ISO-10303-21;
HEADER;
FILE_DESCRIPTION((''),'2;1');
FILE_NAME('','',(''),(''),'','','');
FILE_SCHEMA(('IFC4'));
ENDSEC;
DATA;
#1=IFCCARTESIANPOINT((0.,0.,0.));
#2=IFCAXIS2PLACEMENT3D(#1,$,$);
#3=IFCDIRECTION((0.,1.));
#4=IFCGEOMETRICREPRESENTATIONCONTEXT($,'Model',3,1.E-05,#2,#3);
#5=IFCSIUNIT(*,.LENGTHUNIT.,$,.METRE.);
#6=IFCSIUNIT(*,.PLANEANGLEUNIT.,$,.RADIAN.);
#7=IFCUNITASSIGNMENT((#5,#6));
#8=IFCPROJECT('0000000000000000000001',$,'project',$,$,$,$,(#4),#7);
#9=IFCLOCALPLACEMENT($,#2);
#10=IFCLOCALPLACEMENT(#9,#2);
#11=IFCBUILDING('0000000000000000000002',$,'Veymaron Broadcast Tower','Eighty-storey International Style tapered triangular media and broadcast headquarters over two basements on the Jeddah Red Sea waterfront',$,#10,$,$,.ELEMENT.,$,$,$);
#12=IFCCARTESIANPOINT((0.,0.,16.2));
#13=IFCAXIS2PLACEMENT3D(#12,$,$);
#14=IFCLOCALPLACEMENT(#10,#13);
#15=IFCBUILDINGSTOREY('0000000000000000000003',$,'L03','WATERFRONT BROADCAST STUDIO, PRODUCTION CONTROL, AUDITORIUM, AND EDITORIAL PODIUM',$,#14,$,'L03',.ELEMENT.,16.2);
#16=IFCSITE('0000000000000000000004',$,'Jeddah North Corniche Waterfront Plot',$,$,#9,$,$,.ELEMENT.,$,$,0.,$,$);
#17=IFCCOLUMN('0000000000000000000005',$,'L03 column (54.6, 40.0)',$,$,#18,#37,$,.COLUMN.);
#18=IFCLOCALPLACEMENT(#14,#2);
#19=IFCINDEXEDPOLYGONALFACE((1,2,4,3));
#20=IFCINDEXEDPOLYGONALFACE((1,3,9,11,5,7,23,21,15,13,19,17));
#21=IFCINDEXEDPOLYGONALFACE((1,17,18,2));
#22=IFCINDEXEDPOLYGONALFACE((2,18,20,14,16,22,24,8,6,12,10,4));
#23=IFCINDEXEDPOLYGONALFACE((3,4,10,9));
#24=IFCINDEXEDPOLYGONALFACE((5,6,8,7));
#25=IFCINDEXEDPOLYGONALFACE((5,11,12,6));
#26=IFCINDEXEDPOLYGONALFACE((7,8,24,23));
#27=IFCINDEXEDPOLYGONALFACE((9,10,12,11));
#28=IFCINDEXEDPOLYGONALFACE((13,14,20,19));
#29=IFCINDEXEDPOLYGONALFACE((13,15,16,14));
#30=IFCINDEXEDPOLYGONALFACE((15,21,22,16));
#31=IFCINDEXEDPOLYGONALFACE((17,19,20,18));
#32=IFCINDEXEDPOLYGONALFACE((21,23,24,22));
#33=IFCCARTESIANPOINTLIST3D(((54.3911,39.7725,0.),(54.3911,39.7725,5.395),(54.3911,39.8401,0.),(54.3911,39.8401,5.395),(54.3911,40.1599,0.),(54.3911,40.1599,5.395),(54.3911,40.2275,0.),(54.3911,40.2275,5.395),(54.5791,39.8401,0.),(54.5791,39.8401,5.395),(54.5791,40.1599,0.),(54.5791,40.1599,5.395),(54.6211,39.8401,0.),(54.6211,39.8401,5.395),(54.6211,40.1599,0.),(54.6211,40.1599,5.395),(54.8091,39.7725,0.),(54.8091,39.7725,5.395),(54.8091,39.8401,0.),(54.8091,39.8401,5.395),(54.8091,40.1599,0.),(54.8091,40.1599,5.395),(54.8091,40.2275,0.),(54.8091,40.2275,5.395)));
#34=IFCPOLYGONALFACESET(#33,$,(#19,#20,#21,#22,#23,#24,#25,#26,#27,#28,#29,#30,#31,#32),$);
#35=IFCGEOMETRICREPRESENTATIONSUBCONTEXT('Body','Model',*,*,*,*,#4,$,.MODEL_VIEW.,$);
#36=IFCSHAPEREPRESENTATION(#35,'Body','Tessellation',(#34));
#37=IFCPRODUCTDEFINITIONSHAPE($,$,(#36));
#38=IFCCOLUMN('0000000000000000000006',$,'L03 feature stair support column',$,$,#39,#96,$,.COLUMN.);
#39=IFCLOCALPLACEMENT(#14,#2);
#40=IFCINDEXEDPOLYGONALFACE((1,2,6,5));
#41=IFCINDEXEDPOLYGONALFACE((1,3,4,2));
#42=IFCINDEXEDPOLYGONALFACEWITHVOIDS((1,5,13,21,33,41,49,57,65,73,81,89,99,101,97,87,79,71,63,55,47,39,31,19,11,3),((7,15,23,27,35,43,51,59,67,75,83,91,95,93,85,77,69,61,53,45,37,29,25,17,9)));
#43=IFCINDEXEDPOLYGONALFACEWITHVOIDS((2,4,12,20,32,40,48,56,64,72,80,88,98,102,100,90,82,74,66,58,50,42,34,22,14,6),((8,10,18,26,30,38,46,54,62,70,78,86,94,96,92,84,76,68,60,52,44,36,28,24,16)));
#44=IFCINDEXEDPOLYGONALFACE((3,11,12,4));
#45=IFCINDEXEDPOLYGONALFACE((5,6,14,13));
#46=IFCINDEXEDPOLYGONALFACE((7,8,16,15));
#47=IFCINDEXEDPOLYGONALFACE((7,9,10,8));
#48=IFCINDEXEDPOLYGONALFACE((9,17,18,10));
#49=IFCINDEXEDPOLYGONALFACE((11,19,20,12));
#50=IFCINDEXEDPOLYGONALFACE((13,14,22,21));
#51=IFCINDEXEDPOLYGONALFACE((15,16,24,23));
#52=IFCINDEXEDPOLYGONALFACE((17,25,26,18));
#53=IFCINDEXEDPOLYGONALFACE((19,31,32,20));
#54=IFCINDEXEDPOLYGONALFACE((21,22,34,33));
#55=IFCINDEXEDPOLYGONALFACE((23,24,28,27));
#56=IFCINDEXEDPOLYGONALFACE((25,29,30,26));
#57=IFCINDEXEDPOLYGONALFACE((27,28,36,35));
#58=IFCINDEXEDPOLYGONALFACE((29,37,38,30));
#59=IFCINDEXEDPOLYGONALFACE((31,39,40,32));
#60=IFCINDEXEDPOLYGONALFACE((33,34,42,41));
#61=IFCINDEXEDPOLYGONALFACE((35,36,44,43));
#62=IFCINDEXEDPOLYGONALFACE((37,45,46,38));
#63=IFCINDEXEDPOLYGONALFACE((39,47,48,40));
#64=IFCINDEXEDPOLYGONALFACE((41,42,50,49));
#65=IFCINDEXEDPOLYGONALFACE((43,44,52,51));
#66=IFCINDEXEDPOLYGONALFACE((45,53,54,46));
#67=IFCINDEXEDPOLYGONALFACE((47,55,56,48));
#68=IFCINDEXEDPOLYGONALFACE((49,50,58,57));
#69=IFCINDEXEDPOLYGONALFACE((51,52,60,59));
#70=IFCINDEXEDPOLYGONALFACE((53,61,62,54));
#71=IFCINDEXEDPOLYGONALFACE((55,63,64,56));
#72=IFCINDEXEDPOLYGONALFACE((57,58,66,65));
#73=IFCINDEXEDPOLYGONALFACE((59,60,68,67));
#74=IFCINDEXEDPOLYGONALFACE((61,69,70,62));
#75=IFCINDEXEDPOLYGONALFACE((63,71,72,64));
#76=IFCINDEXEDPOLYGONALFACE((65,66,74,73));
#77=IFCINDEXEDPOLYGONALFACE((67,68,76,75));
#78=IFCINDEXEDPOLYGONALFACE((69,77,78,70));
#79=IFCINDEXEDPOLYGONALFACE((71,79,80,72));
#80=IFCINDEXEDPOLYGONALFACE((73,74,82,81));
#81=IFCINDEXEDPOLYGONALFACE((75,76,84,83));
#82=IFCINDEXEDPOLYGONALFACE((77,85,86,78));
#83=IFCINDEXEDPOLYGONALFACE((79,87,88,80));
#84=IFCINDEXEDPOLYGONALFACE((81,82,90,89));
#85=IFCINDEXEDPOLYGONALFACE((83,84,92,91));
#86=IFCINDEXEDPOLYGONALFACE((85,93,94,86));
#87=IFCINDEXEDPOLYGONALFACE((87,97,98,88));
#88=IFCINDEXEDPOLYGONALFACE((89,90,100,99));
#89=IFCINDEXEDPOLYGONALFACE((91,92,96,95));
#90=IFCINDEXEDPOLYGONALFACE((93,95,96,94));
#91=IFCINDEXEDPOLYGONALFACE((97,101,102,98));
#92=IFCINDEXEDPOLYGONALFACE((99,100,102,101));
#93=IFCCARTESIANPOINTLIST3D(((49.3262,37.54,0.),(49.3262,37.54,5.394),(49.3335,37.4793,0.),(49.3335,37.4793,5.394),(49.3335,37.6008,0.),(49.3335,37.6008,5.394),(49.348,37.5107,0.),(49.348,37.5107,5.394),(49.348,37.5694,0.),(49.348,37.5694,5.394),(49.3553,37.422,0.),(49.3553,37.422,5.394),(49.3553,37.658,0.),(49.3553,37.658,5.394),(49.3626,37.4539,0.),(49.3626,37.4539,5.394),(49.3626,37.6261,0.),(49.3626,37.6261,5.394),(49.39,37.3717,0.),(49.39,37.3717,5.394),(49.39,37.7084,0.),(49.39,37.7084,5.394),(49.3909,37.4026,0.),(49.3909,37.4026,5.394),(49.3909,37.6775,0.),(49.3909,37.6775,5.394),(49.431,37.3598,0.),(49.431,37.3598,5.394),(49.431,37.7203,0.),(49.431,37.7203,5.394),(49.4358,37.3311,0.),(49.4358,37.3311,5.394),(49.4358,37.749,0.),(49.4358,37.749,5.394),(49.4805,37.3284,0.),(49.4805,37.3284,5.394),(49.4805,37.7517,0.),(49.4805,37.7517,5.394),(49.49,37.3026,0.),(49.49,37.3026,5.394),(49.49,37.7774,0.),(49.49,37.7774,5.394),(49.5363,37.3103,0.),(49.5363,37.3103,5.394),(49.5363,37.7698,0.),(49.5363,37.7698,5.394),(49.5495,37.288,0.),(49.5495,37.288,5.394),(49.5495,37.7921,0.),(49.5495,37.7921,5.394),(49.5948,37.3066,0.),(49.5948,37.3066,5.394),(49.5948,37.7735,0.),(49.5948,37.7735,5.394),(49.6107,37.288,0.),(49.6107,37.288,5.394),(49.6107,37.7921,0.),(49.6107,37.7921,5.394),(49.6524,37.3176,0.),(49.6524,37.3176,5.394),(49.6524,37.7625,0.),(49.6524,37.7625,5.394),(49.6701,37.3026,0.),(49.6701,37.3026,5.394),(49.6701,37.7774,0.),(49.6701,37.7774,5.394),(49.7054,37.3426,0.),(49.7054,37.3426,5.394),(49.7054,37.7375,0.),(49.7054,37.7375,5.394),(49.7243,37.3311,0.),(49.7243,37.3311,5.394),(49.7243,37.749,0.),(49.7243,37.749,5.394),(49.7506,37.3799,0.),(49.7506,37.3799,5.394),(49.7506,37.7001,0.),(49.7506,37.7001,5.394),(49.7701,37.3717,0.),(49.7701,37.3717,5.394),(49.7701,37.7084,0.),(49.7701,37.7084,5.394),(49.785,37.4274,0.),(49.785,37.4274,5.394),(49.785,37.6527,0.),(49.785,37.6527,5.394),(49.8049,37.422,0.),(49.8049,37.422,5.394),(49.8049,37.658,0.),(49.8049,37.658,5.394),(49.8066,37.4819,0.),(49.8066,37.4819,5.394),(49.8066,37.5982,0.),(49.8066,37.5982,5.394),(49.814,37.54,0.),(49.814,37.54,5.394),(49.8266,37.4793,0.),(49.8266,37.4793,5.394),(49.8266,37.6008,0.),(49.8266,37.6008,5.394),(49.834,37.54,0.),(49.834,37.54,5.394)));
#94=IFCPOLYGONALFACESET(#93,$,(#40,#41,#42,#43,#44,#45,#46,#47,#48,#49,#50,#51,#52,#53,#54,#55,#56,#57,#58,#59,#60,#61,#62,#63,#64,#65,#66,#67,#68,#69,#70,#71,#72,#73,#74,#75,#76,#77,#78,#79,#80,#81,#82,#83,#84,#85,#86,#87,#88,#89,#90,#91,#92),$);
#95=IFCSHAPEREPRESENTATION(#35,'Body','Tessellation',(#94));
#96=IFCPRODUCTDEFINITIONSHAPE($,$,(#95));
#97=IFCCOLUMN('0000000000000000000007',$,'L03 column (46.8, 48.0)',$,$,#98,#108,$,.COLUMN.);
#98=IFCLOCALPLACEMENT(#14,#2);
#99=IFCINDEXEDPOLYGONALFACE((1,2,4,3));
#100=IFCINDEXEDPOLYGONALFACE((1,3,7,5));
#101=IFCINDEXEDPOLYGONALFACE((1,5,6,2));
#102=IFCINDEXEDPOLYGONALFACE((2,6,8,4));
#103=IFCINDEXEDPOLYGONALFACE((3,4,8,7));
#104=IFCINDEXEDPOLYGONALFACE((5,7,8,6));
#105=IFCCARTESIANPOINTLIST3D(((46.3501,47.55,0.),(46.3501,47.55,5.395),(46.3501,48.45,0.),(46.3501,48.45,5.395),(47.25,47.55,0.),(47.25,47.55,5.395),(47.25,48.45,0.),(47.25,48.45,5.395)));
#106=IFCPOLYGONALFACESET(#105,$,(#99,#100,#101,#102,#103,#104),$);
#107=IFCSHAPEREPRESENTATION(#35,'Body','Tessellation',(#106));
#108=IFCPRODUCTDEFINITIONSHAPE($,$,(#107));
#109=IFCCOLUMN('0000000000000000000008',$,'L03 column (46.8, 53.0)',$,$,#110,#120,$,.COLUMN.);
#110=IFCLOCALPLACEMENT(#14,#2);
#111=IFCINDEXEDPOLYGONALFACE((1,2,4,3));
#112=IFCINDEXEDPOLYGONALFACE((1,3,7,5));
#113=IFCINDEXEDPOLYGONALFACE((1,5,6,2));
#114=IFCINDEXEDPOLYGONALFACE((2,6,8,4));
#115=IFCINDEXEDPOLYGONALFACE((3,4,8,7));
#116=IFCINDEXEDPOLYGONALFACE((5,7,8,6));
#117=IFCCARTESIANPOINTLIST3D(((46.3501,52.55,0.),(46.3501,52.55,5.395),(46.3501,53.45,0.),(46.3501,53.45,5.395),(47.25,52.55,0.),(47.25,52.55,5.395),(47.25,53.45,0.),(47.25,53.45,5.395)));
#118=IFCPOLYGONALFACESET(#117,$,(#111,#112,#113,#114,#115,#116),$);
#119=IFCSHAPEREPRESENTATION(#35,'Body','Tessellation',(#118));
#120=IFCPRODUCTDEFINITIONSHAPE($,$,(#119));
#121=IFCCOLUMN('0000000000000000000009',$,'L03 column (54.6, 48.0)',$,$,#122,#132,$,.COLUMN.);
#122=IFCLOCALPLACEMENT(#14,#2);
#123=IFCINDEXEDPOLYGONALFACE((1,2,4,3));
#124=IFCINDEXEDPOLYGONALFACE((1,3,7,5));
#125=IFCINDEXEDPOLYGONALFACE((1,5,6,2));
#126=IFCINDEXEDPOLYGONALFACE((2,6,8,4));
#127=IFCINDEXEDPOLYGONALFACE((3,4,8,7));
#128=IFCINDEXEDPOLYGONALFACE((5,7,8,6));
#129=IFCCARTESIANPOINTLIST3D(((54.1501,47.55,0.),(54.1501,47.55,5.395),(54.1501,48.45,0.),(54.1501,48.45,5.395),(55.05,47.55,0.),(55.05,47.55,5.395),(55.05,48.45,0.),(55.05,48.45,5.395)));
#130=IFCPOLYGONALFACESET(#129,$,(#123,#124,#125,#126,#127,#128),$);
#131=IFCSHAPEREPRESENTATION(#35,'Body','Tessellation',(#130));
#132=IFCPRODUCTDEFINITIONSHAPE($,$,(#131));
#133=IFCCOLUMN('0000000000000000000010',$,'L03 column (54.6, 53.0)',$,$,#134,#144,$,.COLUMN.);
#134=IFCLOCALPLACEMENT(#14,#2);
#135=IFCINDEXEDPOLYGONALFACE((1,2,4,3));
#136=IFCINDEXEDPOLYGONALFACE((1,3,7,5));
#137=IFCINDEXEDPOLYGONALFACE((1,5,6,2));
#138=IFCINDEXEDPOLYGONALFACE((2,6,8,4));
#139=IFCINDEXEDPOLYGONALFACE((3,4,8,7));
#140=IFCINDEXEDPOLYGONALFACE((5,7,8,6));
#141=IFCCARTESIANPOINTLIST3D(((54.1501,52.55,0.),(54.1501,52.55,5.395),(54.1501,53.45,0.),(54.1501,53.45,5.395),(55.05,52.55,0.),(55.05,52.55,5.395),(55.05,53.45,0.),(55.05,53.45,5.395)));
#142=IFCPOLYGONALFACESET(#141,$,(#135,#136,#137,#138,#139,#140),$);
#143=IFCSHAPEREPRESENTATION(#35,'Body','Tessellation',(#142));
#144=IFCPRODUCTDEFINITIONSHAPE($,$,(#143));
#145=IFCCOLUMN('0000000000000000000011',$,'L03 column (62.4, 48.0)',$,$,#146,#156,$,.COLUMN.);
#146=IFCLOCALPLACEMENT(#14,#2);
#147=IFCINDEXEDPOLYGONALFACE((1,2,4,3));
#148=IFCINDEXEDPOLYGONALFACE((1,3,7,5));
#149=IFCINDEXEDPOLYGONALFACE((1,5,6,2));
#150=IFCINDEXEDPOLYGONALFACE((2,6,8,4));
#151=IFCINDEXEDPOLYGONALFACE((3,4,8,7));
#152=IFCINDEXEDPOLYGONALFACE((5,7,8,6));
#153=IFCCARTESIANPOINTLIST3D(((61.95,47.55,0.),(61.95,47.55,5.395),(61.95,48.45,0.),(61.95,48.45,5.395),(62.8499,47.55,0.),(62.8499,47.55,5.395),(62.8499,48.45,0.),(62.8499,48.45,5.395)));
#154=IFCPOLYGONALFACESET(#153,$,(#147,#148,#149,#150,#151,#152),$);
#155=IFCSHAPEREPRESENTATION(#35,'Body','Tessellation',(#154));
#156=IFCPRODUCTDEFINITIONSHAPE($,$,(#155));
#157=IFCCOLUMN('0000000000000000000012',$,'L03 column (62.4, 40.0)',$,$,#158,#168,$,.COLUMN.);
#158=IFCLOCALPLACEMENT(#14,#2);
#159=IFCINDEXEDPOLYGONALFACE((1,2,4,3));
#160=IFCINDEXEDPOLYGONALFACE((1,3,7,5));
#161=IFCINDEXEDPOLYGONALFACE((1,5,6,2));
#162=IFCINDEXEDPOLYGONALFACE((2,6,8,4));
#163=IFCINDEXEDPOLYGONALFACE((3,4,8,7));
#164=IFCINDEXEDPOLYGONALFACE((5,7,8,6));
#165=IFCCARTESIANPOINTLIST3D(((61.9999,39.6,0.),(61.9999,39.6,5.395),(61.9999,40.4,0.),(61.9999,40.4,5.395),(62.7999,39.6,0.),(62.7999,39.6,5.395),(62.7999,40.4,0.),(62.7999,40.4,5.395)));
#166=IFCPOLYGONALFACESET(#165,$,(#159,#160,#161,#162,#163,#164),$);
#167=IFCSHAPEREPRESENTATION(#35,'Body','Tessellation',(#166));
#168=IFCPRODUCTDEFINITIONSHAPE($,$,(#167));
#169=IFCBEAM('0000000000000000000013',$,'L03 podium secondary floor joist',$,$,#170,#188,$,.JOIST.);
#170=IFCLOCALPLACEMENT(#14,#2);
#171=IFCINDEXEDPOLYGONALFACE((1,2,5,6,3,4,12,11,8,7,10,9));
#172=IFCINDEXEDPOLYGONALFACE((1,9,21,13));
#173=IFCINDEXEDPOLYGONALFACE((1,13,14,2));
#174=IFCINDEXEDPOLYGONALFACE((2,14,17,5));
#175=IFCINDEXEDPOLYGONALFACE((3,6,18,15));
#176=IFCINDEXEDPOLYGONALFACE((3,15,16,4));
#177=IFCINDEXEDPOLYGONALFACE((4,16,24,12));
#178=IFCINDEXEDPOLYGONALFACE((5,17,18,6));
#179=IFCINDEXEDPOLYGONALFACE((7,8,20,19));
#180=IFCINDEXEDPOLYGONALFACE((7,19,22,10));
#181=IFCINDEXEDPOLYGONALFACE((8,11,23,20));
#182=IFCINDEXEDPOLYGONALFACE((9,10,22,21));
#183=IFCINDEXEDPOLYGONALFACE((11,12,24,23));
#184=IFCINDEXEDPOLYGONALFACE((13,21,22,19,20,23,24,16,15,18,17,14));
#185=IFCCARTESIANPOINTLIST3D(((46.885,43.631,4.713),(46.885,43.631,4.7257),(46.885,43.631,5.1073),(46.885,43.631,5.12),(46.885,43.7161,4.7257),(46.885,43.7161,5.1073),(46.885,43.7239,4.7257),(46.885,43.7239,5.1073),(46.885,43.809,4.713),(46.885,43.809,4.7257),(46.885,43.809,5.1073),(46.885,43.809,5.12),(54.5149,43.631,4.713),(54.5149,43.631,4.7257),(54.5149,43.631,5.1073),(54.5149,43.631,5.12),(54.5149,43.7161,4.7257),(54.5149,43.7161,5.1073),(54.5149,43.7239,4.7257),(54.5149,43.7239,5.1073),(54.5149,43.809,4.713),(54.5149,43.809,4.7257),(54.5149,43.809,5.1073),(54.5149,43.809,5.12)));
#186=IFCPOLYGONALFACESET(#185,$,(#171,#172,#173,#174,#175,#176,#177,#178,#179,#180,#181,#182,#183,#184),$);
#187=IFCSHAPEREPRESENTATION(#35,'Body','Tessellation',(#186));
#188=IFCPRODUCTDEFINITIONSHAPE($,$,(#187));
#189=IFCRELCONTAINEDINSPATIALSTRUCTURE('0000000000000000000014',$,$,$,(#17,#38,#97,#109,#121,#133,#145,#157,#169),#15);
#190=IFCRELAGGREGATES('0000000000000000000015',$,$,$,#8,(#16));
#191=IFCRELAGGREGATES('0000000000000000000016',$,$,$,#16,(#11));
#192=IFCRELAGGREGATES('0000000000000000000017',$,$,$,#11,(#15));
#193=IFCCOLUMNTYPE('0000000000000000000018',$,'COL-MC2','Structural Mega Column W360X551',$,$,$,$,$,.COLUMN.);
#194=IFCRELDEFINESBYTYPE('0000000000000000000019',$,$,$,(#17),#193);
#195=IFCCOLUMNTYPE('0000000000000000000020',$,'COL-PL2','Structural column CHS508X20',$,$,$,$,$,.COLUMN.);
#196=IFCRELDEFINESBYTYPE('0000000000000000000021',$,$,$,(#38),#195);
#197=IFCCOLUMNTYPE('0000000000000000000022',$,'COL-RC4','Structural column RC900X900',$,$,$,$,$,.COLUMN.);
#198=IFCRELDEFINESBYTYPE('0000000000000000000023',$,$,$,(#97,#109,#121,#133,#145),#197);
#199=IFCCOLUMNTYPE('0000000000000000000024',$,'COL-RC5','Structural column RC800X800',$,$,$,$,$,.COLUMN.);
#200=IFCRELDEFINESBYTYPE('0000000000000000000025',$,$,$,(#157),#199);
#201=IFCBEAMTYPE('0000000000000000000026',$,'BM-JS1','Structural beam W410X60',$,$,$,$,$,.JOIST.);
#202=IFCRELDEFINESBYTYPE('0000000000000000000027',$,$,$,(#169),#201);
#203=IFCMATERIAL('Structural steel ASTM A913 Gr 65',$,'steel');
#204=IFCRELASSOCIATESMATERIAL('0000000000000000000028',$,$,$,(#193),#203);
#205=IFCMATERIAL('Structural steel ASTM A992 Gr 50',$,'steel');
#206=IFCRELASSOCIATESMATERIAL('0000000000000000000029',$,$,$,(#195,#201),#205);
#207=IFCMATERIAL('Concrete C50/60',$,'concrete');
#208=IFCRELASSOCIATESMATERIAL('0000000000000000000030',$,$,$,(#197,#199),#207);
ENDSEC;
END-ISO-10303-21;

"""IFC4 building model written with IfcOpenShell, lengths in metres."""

from ifc_helpers import new_model, si_unit, direction, frame, origin, origin_2d, place, context, subcontext, project, spatial, rectangle, hollow_circle, i_section, extrude, material, material_profile, profile_set, type_object, element, save


model = new_model("IFC4")

# Units and contexts
model_context = context("Model", 3, precision=1e-05, world=origin(), true_north=direction((0.0, 1.0)))
body_context = subcontext(model_context, "Body", "Model", "MODEL_VIEW")
ifc_project = project(units=[si_unit("LENGTHUNIT", "METRE"), si_unit("PLANEANGLEUNIT", "RADIAN")], contexts=[model_context])

# Site, building, storey
site_placement = place(None, origin())
site = spatial("IfcSite", under=ifc_project, at=site_placement, Name="Jeddah North Corniche Waterfront Plot", CompositionType="ELEMENT", RefElevation=0.0)
building_placement = place(site_placement, origin())
building = spatial("IfcBuilding", under=site, at=building_placement, Name="Veymaron Broadcast Tower", Description="Eighty-storey International Style tapered triangular media and broadcast headquarters over two basements on the Jeddah Red Sea waterfront", CompositionType="ELEMENT")
storey_placement = place(building_placement, frame((0.0, 0.0, 16.2)))
storey = spatial("IfcBuildingStorey", under=building, at=storey_placement, Name="L03", Description="WATERFRONT BROADCAST STUDIO, PRODUCTION CONTROL, AUDITORIUM, AND EDITORIAL PODIUM", LongName="L03", CompositionType="ELEMENT", Elevation=16.2)

# Columns
ifc_material_1 = material(Name="Structural steel ASTM A913 Gr 65", Category="steel")
ifc_material_profile_1 = material_profile(ifc_material_1, i_section(OverallWidth=0.418, OverallDepth=0.4551, WebThickness=0.042, FlangeThickness=0.0676, at=origin_2d()), Name="W360X551")
ifc_profile_set_1 = profile_set([ifc_material_profile_1], Name="Structural steel ASTM A913 Gr 65")
column_type_1 = type_object("IfcColumnType", Name="COL-MC2", Description="Structural Mega Column W360X551", PredefinedType="COLUMN", material=ifc_profile_set_1)
column_1_placement = place(storey_placement, frame((54.6001, 40.0, 0.0), z_axis=(0.0, 0.0, 1.0), x_axis=(1.0, 0.0, 0.0)))
element("IfcColumn", 1, at=column_1_placement, inside=storey, type_object=column_type_1, Name="L03 column (54.6, 40.0)", PredefinedType="COLUMN", context=body_context, shape_type="SweptSolid", body=[
    extrude(i_section(OverallWidth=0.418, OverallDepth=0.4551, WebThickness=0.042, FlangeThickness=0.0676, at=origin_2d()), origin(), (0.0, 0.0, 1.0), 5.395),
])
ifc_material_2 = material(Name="Structural steel ASTM A992 Gr 50", Category="steel")
ifc_material_profile_2 = material_profile(ifc_material_2, hollow_circle(Radius=0.2539, WallThickness=0.02, at=origin_2d()), Name="CHS508X20")
ifc_profile_set_2 = profile_set([ifc_material_profile_2], Name="Structural steel ASTM A992 Gr 50")
column_type_2 = type_object("IfcColumnType", Name="COL-PL2", Description="Structural column CHS508X20", PredefinedType="COLUMN", material=ifc_profile_set_2)
column_2_placement = place(storey_placement, frame((49.5801, 37.54, 0.0), z_axis=(0.0, 0.0, 1.0), x_axis=(1.0, 0.0, 0.0)))
element("IfcColumn", 2, at=column_2_placement, inside=storey, type_object=column_type_2, Name="L03 feature stair support column", PredefinedType="COLUMN", context=body_context, shape_type="SweptSolid", body=[
    extrude(hollow_circle(Radius=0.2539, WallThickness=0.02, at=origin_2d()), origin(), (0.0, 0.0, 1.0), 5.394),
])
ifc_material_3 = material(Name="Concrete C50/60", Category="concrete")
ifc_material_profile_3 = material_profile(ifc_material_3, rectangle(XDim=0.8999, YDim=0.8999, at=origin_2d()), Name="RC900X900")
ifc_profile_set_3 = profile_set([ifc_material_profile_3], Name="Concrete C50/60")
column_type_3 = type_object("IfcColumnType", Name="COL-RC4", Description="Structural column RC900X900", PredefinedType="COLUMN", material=ifc_profile_set_3)
for number, where, z_axis, x_axis, name in (
    (3, (46.8, 48.0, 0.0), (0.0, 0.0, 1.0), (1.0, 0.0, 0.0), "L03 column (46.8, 48.0)"),
    (4, (46.8, 53.0, 0.0), (0.0, 0.0, 1.0), (1.0, 0.0, 0.0), "L03 column (46.8, 53.0)"),
    (5, (54.6001, 48.0, 0.0), (0.0, 0.0, 1.0), (1.0, 0.0, 0.0), "L03 column (54.6, 48.0)"),
    (6, (54.6001, 53.0, 0.0), (0.0, 0.0, 1.0), (1.0, 0.0, 0.0), "L03 column (54.6, 53.0)"),
    (7, (62.3999, 48.0, 0.0), (0.0, 0.0, 1.0), (1.0, 0.0, 0.0), "L03 column (62.4, 48.0)"),
):
    element("IfcColumn", number, at=place(storey_placement, frame(where, z_axis=z_axis, x_axis=x_axis)), inside=storey, type_object=column_type_3, Name=name, PredefinedType="COLUMN", context=body_context, shape_type="SweptSolid", body=[
        extrude(rectangle(XDim=0.8999, YDim=0.8999, at=origin_2d()), origin(), (0.0, 0.0, 1.0), 5.395),
    ])
ifc_material_profile_4 = material_profile(ifc_material_3, rectangle(XDim=0.8, YDim=0.8, at=origin_2d()), Name="RC800X800")
ifc_profile_set_4 = profile_set([ifc_material_profile_4], Name="Concrete C50/60")
column_type_4 = type_object("IfcColumnType", Name="COL-RC5", Description="Structural column RC800X800", PredefinedType="COLUMN", material=ifc_profile_set_4)
column_3_placement = place(storey_placement, frame((62.3999, 40.0, 0.0), z_axis=(0.0, 0.0, 1.0), x_axis=(1.0, 0.0, 0.0)))
element("IfcColumn", 8, at=column_3_placement, inside=storey, type_object=column_type_4, Name="L03 column (62.4, 40.0)", PredefinedType="COLUMN", context=body_context, shape_type="SweptSolid", body=[
    extrude(rectangle(XDim=0.8, YDim=0.8, at=origin_2d()), origin(), (0.0, 0.0, 1.0), 5.395),
])

# Beam
ifc_material_profile_5 = material_profile(ifc_material_2, i_section(OverallWidth=0.178, OverallDepth=0.407, WebThickness=0.0078, FlangeThickness=0.0127, at=origin_2d()), Name="W410X60")
ifc_profile_set_5 = profile_set([ifc_material_profile_5], Name="Structural steel ASTM A992 Gr 50")
beam_type_1 = type_object("IfcBeamType", Name="BM-JS1", Description="Structural beam W410X60", PredefinedType="JOIST", material=ifc_profile_set_5)
for number, where, z_axis, x_axis, name in (
    (9, (46.885, 43.72, 4.9165), (1.0, 0.0, 0.0), (0.0, 1.0, 0.0), "L03 podium secondary floor joist"),
):
    element("IfcBeam", number, at=place(storey_placement, frame(where, z_axis=z_axis, x_axis=x_axis)), inside=storey, type_object=beam_type_1, Name=name, PredefinedType="JOIST", context=body_context, shape_type="SweptSolid", body=[
        extrude(i_section(OverallWidth=0.178, OverallDepth=0.407, WebThickness=0.0078, FlangeThickness=0.0127, at=origin_2d()), origin(), (0.0, 0.0, 1.0), 7.6299),
    ])

save(model, "model.ifc")
